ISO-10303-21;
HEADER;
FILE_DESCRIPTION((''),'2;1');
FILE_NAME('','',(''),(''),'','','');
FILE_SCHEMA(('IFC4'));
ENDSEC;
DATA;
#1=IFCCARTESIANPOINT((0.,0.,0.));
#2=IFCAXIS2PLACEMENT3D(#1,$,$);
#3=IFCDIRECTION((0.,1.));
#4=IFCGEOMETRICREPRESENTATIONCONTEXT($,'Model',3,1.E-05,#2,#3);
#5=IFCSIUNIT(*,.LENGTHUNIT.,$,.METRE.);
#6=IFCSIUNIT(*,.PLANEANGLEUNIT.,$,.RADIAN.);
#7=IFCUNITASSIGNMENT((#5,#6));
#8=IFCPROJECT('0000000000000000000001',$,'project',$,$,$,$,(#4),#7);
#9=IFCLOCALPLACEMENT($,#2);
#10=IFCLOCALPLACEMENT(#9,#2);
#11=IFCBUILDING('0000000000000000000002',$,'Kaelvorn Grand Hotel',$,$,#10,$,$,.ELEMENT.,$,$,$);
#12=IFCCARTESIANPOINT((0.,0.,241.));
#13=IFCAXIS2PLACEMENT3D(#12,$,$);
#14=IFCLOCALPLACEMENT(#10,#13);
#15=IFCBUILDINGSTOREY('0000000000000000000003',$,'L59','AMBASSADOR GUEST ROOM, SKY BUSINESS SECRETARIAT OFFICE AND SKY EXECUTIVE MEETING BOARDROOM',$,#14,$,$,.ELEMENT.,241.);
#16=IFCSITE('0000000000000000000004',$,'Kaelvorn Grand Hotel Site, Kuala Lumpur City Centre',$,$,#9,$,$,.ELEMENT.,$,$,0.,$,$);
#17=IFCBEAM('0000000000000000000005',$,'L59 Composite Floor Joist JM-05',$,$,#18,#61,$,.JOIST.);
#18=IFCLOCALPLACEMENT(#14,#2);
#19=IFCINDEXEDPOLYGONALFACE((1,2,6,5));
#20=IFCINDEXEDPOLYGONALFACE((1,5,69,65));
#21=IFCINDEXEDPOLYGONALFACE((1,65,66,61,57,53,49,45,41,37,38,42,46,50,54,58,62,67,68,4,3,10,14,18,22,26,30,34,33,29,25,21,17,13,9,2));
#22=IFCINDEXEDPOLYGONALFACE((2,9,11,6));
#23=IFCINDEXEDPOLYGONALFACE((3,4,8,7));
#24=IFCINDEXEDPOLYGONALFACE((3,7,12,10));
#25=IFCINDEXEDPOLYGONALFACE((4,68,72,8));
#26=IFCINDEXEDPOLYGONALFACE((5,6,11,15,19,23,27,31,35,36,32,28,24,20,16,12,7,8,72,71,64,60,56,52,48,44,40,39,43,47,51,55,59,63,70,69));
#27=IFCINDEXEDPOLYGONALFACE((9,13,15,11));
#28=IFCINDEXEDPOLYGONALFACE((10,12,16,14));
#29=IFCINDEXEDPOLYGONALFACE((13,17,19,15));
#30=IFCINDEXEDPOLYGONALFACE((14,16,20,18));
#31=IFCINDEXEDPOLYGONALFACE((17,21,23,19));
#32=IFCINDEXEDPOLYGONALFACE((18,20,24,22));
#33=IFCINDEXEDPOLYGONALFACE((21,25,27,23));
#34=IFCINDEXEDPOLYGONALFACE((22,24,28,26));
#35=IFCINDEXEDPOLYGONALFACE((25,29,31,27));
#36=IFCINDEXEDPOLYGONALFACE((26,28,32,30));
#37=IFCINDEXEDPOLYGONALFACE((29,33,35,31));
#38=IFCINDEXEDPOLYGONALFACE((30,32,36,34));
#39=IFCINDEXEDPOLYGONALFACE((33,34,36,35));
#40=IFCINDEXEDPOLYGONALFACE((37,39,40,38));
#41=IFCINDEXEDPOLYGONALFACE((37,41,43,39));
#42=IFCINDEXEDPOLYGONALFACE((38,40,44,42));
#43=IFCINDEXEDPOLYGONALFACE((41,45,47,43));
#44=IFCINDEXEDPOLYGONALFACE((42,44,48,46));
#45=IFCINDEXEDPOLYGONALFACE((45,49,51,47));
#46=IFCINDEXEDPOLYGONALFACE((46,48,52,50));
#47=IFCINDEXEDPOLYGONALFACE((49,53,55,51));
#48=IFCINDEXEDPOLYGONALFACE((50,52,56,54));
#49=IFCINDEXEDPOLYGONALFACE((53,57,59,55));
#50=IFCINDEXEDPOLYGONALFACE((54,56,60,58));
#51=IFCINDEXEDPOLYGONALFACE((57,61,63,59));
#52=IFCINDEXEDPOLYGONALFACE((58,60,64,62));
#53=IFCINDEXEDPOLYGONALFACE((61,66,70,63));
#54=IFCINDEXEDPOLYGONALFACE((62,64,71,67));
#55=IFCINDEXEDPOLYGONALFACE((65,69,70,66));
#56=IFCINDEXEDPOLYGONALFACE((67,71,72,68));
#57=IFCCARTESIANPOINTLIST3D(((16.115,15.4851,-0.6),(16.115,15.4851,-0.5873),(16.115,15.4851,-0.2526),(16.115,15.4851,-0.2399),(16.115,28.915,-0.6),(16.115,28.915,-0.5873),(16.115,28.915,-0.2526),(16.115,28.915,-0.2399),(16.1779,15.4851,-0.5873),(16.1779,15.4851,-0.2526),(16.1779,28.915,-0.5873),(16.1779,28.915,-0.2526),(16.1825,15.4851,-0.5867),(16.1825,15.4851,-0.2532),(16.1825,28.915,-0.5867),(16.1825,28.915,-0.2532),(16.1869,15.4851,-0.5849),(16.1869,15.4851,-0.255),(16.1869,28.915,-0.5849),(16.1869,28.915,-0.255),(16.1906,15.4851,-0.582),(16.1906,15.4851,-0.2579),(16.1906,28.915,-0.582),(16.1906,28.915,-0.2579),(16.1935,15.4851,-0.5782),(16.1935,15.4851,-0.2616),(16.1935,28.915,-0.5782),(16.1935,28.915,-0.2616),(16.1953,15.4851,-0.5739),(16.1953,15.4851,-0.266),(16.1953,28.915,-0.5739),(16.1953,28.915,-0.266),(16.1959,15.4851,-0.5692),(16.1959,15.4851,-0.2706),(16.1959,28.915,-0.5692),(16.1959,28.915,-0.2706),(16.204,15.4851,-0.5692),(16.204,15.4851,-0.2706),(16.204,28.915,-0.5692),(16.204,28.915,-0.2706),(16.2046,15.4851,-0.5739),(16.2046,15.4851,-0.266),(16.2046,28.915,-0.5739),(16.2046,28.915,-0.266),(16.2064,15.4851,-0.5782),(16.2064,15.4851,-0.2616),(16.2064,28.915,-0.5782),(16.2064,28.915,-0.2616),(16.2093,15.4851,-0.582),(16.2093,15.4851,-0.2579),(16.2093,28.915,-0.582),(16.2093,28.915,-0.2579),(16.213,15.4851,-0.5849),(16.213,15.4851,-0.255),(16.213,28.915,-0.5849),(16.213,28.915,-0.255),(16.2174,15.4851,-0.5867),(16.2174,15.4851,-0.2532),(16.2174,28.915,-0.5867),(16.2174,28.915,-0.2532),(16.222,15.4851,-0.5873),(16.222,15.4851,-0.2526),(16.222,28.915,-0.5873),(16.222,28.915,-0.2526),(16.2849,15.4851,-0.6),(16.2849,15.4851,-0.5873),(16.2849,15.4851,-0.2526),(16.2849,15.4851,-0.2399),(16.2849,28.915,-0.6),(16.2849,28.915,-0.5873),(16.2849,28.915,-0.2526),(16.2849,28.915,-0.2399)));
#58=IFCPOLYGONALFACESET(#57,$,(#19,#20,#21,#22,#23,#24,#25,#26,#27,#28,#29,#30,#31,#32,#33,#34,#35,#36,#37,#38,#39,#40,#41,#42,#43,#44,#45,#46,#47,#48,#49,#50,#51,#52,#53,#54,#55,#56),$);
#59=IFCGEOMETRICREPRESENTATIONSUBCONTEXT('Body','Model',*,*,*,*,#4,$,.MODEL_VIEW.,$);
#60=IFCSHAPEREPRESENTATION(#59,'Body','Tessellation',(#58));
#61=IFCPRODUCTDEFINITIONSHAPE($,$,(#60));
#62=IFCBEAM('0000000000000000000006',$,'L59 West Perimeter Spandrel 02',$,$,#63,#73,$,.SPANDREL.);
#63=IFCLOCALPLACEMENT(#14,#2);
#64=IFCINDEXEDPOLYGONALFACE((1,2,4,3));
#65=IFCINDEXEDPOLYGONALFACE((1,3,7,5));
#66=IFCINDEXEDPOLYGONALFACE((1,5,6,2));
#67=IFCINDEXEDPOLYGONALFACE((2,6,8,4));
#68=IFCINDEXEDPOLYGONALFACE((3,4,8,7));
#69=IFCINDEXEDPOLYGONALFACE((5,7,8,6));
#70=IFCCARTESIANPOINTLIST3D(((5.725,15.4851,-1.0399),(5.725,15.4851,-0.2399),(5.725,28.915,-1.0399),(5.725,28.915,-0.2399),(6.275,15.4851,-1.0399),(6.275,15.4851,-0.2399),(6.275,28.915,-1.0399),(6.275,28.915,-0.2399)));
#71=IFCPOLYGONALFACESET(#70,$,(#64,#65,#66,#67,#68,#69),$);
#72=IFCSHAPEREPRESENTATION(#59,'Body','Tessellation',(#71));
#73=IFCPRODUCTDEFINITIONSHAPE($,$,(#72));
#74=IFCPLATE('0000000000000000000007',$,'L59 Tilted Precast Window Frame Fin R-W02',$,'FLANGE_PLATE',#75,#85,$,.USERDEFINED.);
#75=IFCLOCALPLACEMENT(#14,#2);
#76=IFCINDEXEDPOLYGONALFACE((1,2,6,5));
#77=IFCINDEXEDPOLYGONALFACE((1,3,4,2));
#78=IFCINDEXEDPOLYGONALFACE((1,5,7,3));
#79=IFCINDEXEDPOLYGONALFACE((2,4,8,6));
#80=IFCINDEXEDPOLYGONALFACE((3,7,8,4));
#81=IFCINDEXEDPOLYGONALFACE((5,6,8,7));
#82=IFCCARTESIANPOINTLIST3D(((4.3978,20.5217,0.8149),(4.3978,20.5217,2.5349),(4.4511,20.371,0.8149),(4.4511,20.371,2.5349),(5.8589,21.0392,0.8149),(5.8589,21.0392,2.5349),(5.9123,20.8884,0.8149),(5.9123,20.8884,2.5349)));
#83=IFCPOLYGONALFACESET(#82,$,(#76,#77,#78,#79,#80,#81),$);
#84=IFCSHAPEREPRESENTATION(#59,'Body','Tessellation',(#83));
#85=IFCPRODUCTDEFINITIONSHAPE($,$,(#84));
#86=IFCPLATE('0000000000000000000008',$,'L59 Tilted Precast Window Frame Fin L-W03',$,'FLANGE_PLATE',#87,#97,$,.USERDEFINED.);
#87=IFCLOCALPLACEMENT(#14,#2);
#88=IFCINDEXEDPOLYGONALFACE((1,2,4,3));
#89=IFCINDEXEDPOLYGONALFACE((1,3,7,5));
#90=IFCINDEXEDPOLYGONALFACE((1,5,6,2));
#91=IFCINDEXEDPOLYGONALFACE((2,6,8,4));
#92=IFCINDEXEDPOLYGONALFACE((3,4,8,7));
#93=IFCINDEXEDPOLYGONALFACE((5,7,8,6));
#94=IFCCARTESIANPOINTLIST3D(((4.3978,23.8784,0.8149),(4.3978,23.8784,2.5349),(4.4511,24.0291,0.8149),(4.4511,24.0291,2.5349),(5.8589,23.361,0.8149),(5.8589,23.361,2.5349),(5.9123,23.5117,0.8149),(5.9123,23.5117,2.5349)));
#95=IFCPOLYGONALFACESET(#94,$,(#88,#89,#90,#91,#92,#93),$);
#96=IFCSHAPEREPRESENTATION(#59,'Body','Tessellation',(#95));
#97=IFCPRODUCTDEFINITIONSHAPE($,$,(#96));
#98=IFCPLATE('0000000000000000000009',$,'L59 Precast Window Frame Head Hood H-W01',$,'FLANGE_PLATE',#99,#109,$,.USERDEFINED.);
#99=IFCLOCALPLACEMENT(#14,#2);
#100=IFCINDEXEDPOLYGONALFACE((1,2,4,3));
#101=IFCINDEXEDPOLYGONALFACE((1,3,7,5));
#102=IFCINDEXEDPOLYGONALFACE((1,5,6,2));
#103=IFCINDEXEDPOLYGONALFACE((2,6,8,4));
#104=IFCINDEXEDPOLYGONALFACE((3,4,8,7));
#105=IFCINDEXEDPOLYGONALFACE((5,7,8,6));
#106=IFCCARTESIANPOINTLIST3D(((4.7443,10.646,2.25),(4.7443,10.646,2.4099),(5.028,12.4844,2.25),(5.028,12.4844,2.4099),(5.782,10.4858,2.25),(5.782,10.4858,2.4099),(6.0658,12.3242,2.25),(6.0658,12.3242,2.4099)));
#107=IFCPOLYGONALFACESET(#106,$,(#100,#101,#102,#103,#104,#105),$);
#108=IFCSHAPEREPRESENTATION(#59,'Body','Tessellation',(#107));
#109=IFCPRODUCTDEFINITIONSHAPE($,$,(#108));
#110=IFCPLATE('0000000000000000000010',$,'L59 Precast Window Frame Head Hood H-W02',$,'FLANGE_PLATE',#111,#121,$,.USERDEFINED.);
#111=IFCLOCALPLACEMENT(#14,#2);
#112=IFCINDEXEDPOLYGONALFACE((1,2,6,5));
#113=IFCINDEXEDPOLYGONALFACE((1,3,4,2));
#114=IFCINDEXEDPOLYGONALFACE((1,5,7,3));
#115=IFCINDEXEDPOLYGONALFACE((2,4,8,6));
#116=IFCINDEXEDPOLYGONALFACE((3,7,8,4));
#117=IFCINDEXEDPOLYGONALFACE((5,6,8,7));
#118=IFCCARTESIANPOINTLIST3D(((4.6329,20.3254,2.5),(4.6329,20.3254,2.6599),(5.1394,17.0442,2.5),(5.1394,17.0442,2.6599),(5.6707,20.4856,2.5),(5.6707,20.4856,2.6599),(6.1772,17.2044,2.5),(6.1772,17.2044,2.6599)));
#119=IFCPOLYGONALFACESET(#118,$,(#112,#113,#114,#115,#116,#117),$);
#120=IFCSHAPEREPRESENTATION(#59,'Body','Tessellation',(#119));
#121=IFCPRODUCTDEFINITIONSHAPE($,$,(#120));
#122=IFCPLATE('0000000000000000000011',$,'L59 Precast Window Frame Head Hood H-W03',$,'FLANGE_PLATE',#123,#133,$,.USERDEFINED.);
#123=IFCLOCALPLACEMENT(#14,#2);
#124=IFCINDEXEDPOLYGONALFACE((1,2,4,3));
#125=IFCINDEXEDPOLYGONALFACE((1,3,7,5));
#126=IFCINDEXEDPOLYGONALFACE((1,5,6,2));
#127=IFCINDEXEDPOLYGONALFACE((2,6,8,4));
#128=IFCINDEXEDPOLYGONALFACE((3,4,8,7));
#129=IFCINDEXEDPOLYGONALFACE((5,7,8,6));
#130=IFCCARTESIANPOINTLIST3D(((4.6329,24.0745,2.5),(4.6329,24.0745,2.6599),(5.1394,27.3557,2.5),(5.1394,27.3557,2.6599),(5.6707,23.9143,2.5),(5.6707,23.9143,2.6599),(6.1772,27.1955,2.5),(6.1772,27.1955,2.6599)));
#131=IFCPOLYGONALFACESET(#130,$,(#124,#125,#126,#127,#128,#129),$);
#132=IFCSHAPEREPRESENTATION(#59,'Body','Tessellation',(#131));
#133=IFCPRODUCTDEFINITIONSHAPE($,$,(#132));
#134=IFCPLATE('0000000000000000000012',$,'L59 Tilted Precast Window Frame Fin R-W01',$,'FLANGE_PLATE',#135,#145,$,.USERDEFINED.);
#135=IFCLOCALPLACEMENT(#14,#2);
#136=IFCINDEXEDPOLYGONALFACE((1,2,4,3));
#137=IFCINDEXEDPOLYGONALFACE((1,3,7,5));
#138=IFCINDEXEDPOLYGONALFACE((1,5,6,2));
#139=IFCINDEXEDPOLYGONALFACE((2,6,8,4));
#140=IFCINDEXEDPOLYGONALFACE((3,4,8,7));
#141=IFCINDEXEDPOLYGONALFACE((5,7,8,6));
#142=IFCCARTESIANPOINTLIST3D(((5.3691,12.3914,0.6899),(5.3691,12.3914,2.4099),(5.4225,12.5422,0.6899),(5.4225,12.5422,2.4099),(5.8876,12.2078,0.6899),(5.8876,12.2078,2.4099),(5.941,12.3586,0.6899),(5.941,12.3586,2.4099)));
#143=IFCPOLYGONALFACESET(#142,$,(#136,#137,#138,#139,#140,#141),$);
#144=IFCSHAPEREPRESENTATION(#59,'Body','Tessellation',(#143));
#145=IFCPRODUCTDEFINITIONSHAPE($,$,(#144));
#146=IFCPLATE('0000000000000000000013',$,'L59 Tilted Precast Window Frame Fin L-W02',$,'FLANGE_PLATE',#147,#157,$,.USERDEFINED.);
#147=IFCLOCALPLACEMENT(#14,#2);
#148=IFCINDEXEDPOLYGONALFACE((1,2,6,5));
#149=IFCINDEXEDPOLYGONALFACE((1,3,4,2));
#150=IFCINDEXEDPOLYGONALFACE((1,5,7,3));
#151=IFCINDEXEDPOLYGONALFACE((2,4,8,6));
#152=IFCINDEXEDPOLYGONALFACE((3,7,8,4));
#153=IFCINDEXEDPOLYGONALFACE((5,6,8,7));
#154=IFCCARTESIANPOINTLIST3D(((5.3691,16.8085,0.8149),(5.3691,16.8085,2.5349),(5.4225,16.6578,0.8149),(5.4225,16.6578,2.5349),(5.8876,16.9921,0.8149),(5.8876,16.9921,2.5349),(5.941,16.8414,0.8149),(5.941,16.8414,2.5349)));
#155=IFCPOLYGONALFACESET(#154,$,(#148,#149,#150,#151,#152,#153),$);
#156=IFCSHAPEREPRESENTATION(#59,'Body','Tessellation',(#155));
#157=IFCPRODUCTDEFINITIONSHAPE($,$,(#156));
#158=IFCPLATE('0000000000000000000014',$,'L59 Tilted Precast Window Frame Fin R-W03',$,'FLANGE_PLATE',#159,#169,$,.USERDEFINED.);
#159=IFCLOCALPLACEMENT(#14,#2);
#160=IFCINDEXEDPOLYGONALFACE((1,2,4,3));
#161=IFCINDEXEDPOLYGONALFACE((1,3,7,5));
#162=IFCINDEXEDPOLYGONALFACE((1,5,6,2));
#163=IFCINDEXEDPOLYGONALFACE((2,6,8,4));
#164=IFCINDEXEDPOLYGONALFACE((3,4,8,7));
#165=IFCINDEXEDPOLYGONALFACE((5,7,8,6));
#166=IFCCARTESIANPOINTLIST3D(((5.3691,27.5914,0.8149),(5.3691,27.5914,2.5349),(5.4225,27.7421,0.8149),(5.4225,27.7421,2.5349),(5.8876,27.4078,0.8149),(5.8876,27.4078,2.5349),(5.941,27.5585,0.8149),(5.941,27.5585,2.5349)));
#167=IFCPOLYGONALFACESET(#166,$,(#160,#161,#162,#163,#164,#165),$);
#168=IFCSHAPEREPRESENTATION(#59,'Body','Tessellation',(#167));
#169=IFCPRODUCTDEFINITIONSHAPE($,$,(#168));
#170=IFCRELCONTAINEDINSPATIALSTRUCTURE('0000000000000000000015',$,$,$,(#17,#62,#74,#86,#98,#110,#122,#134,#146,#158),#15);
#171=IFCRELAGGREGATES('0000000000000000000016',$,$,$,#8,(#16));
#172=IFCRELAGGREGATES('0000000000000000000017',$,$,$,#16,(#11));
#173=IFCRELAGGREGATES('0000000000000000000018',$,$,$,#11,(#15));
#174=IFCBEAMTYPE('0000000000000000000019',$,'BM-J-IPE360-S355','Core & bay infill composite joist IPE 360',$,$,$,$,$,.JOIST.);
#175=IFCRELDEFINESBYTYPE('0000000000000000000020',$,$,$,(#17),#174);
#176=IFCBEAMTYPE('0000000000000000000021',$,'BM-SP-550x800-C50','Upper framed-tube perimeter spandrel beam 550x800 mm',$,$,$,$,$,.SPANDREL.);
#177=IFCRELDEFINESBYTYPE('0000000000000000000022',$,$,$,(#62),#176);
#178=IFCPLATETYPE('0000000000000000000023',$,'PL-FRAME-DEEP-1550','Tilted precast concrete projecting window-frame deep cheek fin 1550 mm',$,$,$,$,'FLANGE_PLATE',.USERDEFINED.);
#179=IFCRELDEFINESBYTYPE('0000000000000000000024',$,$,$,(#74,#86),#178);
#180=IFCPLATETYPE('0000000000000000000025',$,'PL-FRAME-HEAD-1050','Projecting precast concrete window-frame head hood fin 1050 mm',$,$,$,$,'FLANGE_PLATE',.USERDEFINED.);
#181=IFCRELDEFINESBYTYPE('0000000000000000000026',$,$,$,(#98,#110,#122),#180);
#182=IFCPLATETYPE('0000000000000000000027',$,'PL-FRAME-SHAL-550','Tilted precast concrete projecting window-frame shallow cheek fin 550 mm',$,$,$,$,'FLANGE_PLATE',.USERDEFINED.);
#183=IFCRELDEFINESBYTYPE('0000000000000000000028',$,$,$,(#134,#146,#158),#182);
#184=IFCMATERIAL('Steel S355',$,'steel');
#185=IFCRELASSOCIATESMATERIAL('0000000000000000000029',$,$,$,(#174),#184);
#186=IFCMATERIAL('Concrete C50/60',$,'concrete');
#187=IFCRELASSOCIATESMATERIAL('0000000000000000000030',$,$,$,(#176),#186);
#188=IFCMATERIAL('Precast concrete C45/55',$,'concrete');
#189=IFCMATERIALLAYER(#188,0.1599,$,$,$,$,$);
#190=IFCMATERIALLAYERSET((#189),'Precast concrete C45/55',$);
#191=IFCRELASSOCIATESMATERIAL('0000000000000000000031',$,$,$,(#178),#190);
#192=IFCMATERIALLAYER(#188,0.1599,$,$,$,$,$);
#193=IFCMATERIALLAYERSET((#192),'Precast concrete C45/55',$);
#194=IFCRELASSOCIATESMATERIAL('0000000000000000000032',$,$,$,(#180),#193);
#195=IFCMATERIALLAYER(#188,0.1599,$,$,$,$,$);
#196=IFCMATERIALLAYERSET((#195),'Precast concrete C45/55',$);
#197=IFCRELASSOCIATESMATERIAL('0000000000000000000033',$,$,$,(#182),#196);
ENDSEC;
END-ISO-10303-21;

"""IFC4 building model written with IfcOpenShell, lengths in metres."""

from ifc_helpers import new_model, si_unit, direction, frame, origin, origin_2d, place, context, subcontext, project, spatial, rectangle, i_section, extrude, material, layer, layer_set, material_profile, profile_set, type_object, element, save


model = new_model("IFC4")

# Units and contexts
model_context = context("Model", 3, precision=1e-05, world=origin(), true_north=direction((0.0, 1.0)))
body_context = subcontext(model_context, "Body", "Model", "MODEL_VIEW")
ifc_project = project(units=[si_unit("LENGTHUNIT", "METRE"), si_unit("PLANEANGLEUNIT", "RADIAN")], contexts=[model_context])

# Site, building, storey
site_placement = place(None, origin())
site = spatial("IfcSite", under=ifc_project, at=site_placement, Name="Kaelvorn Grand Hotel Site, Kuala Lumpur City Centre", CompositionType="ELEMENT", RefElevation=0.0)
building_placement = place(site_placement, origin())
building = spatial("IfcBuilding", under=site, at=building_placement, Name="Kaelvorn Grand Hotel", CompositionType="ELEMENT")
storey_placement = place(building_placement, frame((0.0, 0.0, 241.0)))
storey = spatial("IfcBuildingStorey", under=building, at=storey_placement, Name="L59", Description="AMBASSADOR GUEST ROOM, SKY BUSINESS SECRETARIAT OFFICE AND SKY EXECUTIVE MEETING BOARDROOM", CompositionType="ELEMENT", Elevation=241.0)

# Shared definitions
ifc_material_1 = material(Name="Concrete C50/60", Category="concrete")

# Beams
ifc_material_2 = material(Name="Steel S355", Category="steel")
ifc_material_profile_1 = material_profile(ifc_material_2, i_section(OverallWidth=0.1699, OverallDepth=0.3601, WebThickness=0.0081, FlangeThickness=0.0127, FilletRadius=0.0181, at=origin_2d()), Name="IPE 360")
ifc_profile_set_1 = profile_set([ifc_material_profile_1], Name="Steel S355")
beam_type_1 = type_object("IfcBeamType", Name="BM-J-IPE360-S355", Description="Core & bay infill composite joist IPE 360", PredefinedType="JOIST", material=ifc_profile_set_1)
beam_1_placement = place(storey_placement, frame((16.2, 15.4851, -0.4199), z_axis=(0.0, 1.0, 0.0), x_axis=(-1.0, 0.0, 0.0)))
element("IfcBeam", 1, at=beam_1_placement, inside=storey, type_object=beam_type_1, Name="L59 Composite Floor Joist JM-05", PredefinedType="JOIST", context=body_context, shape_type="SweptSolid", body=[
    extrude(i_section(OverallWidth=0.1699, OverallDepth=0.3601, WebThickness=0.0081, FlangeThickness=0.0127, FilletRadius=0.0181, at=origin_2d()), origin(), (0.0, 0.0, 1.0), 13.4299),
])
ifc_material_profile_2 = material_profile(ifc_material_1, rectangle(XDim=0.55, YDim=0.8, at=origin_2d()), Name="RC SPANDREL 550x800")
ifc_profile_set_2 = profile_set([ifc_material_profile_2], Name="Concrete C50/60")
beam_type_2 = type_object("IfcBeamType", Name="BM-SP-550x800-C50", Description="Upper framed-tube perimeter spandrel beam 550x800 mm", PredefinedType="SPANDREL", material=ifc_profile_set_2)
beam_2_placement = place(storey_placement, frame((6.0, 15.4851, -0.6399), z_axis=(0.0, 1.0, 0.0), x_axis=(-1.0, 0.0, 0.0)))
element("IfcBeam", 2, at=beam_2_placement, inside=storey, type_object=beam_type_2, Name="L59 West Perimeter Spandrel 02", PredefinedType="SPANDREL", context=body_context, shape_type="SweptSolid", body=[
    extrude(rectangle(XDim=0.55, YDim=0.8, at=origin_2d()), origin(), (0.0, 0.0, 1.0), 13.4299),
])

# Plates
ifc_material_3 = material(Name="Precast concrete C45/55", Category="concrete")
ifc_layer_1 = layer(ifc_material_3, 0.1599)
ifc_layer_set_1 = layer_set([ifc_layer_1], Name="Precast concrete C45/55")
plate_type_1 = type_object("IfcPlateType", Name="PL-FRAME-DEEP-1550", Description="Tilted precast concrete projecting window-frame deep cheek fin 1550 mm", ElementType="FLANGE_PLATE", PredefinedType="USERDEFINED", material=ifc_layer_set_1)
for number, where, z_axis, x_axis, name in (
    (3, (5.155, 20.7051, 0.8149), (0.0, 0.0, 1.0), (-0.333807, 0.942641, 0.0), "L59 Tilted Precast Window Frame Fin R-W02"),
    (4, (5.155, 23.6951, 0.8149), (0.0, 0.0, 1.0), (0.333807, 0.942641, 0.0), "L59 Tilted Precast Window Frame Fin L-W03"),
):
    element("IfcPlate", number, at=place(storey_placement, frame(where, z_axis=z_axis, x_axis=x_axis)), inside=storey, type_object=plate_type_1, Name=name, ObjectType="FLANGE_PLATE", PredefinedType="USERDEFINED", context=body_context, shape_type="SweptSolid", body=[
        extrude(rectangle(XDim=0.1599, YDim=1.55, at=origin_2d()), origin(), (0.0, 0.0, 1.0), 1.72),
    ])
ifc_layer_2 = layer(ifc_material_3, 0.1599)
ifc_layer_set_2 = layer_set([ifc_layer_2], Name="Precast concrete C45/55")
plate_type_2 = type_object("IfcPlateType", Name="PL-FRAME-HEAD-1050", Description="Projecting precast concrete window-frame head hood fin 1050 mm", ElementType="FLANGE_PLATE", PredefinedType="USERDEFINED", material=ifc_layer_set_2)
plate_placement = place(storey_placement, frame((5.405, 11.4851, 2.25), z_axis=(0.0, 0.0, 1.0), x_axis=(0.152555, 0.988295, 0.0)))
element("IfcPlate", 5, at=plate_placement, inside=storey, type_object=plate_type_2, Name="L59 Precast Window Frame Head Hood H-W01", ObjectType="FLANGE_PLATE", PredefinedType="USERDEFINED", context=body_context, shape_type="SweptSolid", body=[
    extrude(rectangle(XDim=1.8601, YDim=1.05, at=origin_2d()), origin(), (0.0, 0.0, 1.0), 0.1599),
])
for number, where, z_axis, x_axis, name in (
    (6, (5.405, 18.7649, 2.5), (0.0, 0.0, 1.0), (-0.152555, 0.988295, 0.0), "L59 Precast Window Frame Head Hood H-W02"),
    (7, (5.405, 25.635, 2.5), (0.0, 0.0, 1.0), (0.152555, 0.988295, 0.0), "L59 Precast Window Frame Head Hood H-W03"),
):
    element("IfcPlate", number, at=place(storey_placement, frame(where, z_axis=z_axis, x_axis=x_axis)), inside=storey, type_object=plate_type_2, Name=name, ObjectType="FLANGE_PLATE", PredefinedType="USERDEFINED", context=body_context, shape_type="SweptSolid", body=[
        extrude(rectangle(XDim=3.3201, YDim=1.05, at=origin_2d()), origin(), (0.0, 0.0, 1.0), 0.1599),
    ])
ifc_layer_3 = layer(ifc_material_3, 0.1599)
ifc_layer_set_3 = layer_set([ifc_layer_3], Name="Precast concrete C45/55")
plate_type_3 = type_object("IfcPlateType", Name="PL-FRAME-SHAL-550", Description="Tilted precast concrete projecting window-frame shallow cheek fin 550 mm", ElementType="FLANGE_PLATE", PredefinedType="USERDEFINED", material=ifc_layer_set_3)
for number, where, z_axis, x_axis, name in (
    (8, (5.655, 12.375, 0.6899), (0.0, 0.0, 1.0), (0.333807, 0.942641, 0.0), "L59 Tilted Precast Window Frame Fin R-W01"),
    (9, (5.655, 16.825, 0.8149), (0.0, 0.0, 1.0), (-0.333807, 0.942641, 0.0), "L59 Tilted Precast Window Frame Fin L-W02"),
    (10, (5.655, 27.575, 0.8149), (0.0, 0.0, 1.0), (0.333807, 0.942641, 0.0), "L59 Tilted Precast Window Frame Fin R-W03"),
):
    element("IfcPlate", number, at=place(storey_placement, frame(where, z_axis=z_axis, x_axis=x_axis)), inside=storey, type_object=plate_type_3, Name=name, ObjectType="FLANGE_PLATE", PredefinedType="USERDEFINED", context=body_context, shape_type="SweptSolid", body=[
        extrude(rectangle(XDim=0.1599, YDim=0.55, at=origin_2d()), origin(), (0.0, 0.0, 1.0), 1.72),
    ])

save(model, "model.ifc")
